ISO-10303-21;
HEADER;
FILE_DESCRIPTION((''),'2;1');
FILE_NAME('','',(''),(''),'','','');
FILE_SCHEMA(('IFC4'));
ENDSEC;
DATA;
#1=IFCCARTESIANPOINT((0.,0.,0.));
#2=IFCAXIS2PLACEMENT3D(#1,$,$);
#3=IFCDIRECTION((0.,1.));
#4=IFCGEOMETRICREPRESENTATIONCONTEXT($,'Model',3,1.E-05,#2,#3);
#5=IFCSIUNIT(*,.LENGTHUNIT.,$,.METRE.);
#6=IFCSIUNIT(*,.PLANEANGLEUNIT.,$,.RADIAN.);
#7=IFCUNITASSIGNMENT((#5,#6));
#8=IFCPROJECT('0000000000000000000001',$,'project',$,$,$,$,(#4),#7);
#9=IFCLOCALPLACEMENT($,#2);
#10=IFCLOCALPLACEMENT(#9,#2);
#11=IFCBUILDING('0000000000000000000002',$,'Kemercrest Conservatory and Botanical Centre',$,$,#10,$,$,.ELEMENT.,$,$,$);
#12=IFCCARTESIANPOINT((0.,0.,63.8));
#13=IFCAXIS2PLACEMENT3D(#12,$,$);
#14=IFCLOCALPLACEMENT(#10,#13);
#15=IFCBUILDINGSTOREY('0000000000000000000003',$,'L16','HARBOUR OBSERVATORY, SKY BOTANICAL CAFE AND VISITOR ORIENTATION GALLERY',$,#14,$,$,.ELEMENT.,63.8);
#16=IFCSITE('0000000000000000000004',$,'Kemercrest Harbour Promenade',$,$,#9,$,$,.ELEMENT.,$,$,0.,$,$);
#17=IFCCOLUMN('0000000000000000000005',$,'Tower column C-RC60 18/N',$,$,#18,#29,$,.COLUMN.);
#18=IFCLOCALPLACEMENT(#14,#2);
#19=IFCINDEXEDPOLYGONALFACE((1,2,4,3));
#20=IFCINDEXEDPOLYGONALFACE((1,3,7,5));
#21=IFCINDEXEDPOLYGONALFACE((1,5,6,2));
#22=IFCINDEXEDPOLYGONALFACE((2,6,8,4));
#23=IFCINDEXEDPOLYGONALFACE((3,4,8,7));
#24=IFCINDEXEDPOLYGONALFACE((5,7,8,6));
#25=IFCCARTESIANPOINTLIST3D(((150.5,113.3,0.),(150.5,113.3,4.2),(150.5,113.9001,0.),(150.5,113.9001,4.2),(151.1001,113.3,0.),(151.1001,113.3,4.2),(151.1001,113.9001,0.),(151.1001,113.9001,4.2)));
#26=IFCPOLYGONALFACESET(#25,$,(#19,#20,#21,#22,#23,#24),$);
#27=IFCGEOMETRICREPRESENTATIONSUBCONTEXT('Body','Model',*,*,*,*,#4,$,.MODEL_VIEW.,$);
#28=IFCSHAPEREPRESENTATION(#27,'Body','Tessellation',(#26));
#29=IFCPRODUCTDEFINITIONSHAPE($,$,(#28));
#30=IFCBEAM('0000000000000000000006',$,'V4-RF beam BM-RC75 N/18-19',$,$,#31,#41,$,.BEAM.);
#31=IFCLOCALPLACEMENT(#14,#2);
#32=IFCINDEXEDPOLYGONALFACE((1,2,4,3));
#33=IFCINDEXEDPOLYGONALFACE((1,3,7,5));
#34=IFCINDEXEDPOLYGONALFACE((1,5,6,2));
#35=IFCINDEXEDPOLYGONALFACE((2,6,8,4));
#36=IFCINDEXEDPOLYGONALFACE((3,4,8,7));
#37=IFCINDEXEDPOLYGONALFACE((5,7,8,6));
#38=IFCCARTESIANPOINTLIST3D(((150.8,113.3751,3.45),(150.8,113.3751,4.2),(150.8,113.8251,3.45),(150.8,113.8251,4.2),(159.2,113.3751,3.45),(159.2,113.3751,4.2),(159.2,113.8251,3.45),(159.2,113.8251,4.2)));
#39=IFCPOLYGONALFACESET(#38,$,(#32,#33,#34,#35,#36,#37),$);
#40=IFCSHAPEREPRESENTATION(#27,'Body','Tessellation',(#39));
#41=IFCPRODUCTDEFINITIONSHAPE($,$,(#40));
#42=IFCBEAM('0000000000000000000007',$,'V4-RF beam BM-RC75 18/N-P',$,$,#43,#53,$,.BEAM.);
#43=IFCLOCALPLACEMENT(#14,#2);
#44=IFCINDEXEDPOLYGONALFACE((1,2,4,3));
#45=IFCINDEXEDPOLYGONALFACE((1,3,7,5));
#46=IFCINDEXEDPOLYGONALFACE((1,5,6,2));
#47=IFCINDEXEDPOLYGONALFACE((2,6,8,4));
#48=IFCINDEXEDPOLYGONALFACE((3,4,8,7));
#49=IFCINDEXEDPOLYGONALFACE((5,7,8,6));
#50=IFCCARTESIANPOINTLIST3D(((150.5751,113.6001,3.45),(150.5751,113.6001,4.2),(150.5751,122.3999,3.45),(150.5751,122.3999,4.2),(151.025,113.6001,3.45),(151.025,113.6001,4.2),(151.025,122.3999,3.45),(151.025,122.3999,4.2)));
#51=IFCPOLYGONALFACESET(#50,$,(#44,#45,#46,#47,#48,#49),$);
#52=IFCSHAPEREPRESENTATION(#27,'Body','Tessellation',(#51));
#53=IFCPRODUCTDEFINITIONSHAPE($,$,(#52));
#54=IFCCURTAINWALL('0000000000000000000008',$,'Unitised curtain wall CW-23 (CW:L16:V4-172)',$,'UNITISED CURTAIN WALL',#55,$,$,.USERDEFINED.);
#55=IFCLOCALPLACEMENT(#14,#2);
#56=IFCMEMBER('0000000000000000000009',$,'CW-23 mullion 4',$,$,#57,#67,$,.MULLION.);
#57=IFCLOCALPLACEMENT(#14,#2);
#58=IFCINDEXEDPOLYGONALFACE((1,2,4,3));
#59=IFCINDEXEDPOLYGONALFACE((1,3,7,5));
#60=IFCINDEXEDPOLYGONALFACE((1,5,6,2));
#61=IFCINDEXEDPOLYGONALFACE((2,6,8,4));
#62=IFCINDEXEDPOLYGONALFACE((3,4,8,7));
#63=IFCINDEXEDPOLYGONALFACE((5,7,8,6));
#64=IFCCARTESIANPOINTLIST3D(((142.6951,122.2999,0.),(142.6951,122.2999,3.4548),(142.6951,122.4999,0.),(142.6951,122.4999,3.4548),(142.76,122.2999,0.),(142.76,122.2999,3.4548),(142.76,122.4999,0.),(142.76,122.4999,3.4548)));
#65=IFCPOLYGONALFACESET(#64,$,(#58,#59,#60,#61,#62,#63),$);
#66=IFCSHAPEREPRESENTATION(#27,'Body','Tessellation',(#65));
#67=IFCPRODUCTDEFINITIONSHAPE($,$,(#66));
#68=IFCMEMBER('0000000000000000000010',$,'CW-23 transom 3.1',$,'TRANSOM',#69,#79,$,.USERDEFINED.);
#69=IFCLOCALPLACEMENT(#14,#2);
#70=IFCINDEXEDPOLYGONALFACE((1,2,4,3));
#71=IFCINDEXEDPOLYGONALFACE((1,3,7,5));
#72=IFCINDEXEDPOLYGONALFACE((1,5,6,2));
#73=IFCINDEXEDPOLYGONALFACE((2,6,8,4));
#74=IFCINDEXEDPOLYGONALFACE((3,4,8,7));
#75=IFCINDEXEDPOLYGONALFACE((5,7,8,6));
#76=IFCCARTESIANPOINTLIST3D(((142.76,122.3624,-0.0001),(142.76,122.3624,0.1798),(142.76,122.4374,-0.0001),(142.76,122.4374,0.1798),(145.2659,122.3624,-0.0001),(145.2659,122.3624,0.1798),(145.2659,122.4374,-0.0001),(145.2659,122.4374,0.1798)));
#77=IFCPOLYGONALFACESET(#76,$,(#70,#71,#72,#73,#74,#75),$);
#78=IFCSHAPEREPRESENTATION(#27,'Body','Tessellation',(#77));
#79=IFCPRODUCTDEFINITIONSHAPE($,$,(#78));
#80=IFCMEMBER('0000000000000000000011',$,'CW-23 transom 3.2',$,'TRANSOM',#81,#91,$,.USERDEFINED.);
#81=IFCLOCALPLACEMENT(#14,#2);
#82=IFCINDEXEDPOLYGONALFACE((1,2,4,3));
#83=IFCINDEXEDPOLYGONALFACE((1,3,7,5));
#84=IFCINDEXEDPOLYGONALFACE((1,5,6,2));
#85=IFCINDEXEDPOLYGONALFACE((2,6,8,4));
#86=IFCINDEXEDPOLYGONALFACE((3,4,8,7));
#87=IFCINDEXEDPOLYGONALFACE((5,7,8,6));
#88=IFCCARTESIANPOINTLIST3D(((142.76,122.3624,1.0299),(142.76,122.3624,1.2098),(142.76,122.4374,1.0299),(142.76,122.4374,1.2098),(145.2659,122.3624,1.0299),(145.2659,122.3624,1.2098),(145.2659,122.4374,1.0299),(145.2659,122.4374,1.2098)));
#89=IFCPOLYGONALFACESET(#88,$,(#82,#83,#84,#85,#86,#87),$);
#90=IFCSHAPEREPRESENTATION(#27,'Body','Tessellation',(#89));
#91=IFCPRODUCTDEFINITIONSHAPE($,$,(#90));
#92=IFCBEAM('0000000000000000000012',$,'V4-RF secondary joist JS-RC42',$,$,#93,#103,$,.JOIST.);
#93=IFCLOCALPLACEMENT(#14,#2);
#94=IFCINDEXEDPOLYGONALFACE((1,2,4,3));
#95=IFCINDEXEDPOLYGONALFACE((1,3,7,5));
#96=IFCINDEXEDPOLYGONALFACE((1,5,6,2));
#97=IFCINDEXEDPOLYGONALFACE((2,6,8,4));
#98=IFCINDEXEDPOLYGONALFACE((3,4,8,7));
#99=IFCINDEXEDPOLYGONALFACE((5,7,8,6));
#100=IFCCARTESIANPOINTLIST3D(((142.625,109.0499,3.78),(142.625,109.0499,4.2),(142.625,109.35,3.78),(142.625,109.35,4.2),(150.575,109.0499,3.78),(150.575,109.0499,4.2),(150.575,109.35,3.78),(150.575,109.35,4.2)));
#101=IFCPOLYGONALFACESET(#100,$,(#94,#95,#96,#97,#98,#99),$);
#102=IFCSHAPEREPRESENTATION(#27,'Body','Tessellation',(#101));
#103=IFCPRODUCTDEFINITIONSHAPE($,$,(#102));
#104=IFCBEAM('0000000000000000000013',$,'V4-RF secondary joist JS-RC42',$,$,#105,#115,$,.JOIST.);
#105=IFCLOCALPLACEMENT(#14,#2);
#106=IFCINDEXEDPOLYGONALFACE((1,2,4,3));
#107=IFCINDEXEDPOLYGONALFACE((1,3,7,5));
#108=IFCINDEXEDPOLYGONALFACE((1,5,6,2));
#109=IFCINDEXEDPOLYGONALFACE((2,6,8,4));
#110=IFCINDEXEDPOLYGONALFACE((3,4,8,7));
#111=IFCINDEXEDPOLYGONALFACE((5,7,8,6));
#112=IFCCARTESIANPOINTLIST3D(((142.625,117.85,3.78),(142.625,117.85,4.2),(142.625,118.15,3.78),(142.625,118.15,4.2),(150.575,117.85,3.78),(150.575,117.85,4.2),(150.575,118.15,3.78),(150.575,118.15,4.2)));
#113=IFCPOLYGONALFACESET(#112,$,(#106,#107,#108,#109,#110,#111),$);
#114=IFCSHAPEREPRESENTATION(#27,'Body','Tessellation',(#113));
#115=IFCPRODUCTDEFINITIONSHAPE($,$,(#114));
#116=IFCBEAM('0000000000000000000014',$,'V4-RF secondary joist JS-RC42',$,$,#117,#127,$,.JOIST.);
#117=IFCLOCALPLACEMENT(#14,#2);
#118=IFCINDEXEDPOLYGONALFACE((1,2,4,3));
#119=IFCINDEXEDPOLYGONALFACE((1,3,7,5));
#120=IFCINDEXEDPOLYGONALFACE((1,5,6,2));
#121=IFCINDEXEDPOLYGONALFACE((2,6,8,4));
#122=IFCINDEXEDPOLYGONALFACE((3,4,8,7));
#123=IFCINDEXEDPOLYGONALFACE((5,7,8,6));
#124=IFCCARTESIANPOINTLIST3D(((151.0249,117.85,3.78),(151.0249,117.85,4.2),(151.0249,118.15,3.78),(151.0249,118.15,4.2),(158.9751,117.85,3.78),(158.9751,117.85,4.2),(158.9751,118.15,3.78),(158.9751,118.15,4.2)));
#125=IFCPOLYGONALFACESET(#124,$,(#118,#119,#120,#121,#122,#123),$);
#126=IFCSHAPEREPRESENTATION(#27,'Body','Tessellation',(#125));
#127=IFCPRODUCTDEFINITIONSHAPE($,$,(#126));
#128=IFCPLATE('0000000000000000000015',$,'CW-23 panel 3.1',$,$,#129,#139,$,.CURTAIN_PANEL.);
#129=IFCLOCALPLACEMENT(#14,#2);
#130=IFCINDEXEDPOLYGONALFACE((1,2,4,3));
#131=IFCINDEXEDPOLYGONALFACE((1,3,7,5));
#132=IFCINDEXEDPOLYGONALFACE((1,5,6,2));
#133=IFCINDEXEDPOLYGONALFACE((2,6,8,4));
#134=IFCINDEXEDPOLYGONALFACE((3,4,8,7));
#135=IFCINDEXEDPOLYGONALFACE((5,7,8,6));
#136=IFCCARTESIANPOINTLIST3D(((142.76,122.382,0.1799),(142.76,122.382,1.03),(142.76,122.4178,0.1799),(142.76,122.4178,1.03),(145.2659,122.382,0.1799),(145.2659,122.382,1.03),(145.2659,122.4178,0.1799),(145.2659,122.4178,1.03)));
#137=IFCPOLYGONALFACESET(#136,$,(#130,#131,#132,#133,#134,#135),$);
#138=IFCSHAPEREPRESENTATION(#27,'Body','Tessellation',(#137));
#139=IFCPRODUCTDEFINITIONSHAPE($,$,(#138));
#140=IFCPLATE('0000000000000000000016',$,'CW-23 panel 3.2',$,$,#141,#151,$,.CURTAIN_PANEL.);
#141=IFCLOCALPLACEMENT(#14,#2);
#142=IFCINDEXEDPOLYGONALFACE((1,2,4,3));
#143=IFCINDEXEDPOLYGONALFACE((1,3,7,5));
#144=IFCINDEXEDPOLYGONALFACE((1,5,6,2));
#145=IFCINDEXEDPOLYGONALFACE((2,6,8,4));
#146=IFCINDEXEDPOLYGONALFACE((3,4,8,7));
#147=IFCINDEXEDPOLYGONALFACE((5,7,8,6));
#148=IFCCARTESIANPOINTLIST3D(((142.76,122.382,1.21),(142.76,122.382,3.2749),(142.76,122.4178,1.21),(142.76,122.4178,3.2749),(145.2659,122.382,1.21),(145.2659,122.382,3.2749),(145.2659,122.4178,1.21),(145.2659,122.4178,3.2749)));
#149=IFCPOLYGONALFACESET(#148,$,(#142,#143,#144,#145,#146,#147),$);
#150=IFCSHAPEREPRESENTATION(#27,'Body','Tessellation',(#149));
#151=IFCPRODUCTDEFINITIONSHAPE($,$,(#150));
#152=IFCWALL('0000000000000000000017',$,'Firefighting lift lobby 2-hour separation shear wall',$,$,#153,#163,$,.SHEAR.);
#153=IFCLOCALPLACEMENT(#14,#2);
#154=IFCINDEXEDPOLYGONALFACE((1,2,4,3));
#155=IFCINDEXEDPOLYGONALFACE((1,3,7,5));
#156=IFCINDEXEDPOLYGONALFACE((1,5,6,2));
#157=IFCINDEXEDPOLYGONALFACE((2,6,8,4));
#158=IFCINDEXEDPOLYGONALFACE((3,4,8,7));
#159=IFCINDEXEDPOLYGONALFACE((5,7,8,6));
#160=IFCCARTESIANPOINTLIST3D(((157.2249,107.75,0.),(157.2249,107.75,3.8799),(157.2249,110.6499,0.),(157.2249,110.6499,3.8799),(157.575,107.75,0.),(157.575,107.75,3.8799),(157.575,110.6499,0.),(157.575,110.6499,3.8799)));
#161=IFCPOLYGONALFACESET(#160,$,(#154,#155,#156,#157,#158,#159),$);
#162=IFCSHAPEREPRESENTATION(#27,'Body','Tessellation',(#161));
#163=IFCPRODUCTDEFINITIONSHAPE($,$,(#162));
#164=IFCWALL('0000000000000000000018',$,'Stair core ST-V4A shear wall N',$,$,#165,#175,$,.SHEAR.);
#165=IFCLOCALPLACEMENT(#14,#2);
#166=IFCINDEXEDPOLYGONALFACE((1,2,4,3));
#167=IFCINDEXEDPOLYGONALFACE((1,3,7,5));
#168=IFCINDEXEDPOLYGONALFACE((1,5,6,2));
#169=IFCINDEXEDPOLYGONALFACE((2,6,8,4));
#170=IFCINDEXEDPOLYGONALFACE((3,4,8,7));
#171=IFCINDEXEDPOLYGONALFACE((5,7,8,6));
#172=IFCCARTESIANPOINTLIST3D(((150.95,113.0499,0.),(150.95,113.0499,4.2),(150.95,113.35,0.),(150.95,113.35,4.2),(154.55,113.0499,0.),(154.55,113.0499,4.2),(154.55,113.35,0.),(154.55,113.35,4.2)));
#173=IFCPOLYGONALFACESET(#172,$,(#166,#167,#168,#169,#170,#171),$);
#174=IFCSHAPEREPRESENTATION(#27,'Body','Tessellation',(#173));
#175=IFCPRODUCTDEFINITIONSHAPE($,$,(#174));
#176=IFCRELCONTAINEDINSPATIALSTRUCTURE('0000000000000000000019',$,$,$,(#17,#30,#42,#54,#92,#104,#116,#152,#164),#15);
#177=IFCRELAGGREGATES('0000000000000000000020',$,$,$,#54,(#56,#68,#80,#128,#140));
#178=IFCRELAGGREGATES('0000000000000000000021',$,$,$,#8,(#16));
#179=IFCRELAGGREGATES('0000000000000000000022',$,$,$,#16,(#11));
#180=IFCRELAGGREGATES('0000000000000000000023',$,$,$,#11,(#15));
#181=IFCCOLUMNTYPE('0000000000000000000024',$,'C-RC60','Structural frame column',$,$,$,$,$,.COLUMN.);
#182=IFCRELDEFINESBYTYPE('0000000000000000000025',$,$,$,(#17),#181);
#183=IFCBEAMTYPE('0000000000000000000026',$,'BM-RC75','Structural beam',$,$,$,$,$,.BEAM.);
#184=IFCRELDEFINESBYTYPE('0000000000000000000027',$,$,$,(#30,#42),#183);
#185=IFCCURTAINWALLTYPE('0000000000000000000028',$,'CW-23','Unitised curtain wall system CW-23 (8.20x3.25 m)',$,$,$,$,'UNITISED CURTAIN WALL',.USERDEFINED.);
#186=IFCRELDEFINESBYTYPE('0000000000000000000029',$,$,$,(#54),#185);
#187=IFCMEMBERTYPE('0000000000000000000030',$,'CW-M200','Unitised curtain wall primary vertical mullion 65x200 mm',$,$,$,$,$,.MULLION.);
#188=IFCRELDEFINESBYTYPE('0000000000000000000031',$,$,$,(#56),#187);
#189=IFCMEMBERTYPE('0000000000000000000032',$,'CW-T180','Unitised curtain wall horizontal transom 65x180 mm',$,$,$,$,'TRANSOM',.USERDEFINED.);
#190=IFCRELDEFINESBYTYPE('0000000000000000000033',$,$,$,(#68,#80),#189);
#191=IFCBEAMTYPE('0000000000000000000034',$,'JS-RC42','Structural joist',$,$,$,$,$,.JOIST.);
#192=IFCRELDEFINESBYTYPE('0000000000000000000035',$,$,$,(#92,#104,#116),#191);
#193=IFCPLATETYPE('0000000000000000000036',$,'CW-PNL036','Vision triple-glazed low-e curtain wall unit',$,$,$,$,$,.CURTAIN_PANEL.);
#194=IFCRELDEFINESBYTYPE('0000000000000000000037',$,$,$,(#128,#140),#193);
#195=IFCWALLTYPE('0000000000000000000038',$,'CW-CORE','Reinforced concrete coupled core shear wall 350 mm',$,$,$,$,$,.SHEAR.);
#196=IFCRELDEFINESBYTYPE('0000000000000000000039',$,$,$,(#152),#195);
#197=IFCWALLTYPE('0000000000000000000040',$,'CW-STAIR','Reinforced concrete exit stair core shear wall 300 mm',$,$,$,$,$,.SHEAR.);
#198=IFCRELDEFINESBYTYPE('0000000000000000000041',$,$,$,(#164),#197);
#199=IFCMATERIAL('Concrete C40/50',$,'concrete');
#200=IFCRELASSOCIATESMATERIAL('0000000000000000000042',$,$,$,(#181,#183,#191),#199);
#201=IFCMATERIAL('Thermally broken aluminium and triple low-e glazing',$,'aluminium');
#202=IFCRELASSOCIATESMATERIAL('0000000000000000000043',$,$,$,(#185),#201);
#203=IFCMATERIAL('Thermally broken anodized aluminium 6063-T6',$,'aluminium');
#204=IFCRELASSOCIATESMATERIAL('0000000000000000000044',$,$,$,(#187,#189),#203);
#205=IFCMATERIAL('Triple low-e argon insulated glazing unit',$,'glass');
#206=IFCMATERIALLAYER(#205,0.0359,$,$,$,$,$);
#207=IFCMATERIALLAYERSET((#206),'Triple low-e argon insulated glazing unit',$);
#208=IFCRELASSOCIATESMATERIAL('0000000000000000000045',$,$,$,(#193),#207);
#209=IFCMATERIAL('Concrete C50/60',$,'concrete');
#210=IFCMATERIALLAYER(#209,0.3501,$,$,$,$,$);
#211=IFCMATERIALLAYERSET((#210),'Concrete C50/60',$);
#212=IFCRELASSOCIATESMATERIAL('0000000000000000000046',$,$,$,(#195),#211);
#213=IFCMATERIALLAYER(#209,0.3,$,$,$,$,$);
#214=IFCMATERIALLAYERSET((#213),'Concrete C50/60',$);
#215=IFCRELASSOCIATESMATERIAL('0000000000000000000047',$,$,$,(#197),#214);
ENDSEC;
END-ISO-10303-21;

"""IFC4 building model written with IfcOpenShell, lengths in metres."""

from ifc_helpers import new_model, si_unit, direction, frame, frame_2d, origin, origin_2d, place, context, subcontext, project, spatial, rectangle, extrude, material, layer, layer_set, material_profile, profile_set, type_object, element, aggregate, save


model = new_model("IFC4")

# Units and contexts
model_context = context("Model", 3, precision=1e-05, world=origin(), true_north=direction((0.0, 1.0)))
body_context = subcontext(model_context, "Body", "Model", "MODEL_VIEW")
ifc_project = project(units=[si_unit("LENGTHUNIT", "METRE"), si_unit("PLANEANGLEUNIT", "RADIAN")], contexts=[model_context])

# Site, building, storey
site_placement = place(None, origin())
site = spatial("IfcSite", under=ifc_project, at=site_placement, Name="Kemercrest Harbour Promenade", CompositionType="ELEMENT", RefElevation=0.0)
building_placement = place(site_placement, origin())
building = spatial("IfcBuilding", under=site, at=building_placement, Name="Kemercrest Conservatory and Botanical Centre", CompositionType="ELEMENT")
storey_placement = place(building_placement, frame((0.0, 0.0, 63.8)))
storey = spatial("IfcBuildingStorey", under=building, at=storey_placement, Name="L16", Description="HARBOUR OBSERVATORY, SKY BOTANICAL CAFE AND VISITOR ORIENTATION GALLERY", CompositionType="ELEMENT", Elevation=63.8)

# Column
ifc_material_1 = material(Name="Concrete C40/50", Category="concrete")
ifc_material_profile_1 = material_profile(ifc_material_1, rectangle(XDim=0.6001, YDim=0.6001, at=origin_2d()), Name="RC 600x600")
ifc_profile_set_1 = profile_set([ifc_material_profile_1], Name="Concrete C40/50")
column_type = type_object("IfcColumnType", Name="C-RC60", Description="Structural frame column", PredefinedType="COLUMN", material=ifc_profile_set_1)
column_placement = place(storey_placement, frame((150.8, 113.6001, 0.0), z_axis=(0.0, 0.0, 1.0), x_axis=(1.0, 0.0, 0.0)))
element("IfcColumn", 1, at=column_placement, inside=storey, type_object=column_type, Name="Tower column C-RC60 18/N", PredefinedType="COLUMN", context=body_context, shape_type="SweptSolid", body=[
    extrude(rectangle(XDim=0.6001, YDim=0.6001, at=origin_2d()), origin(), (0.0, 0.0, 1.0), 4.2),
])

# Beams
ifc_material_profile_2 = material_profile(ifc_material_1, rectangle(XDim=0.45, YDim=0.75, at=origin_2d()), Name="RC 450x750")
ifc_profile_set_2 = profile_set([ifc_material_profile_2], Name="Concrete C40/50")
beam_type_1 = type_object("IfcBeamType", Name="BM-RC75", Description="Structural beam", PredefinedType="BEAM", material=ifc_profile_set_2)
beam_1_placement = place(storey_placement, frame((150.8, 113.6001, 3.825), z_axis=(1.0, 0.0, 0.0), x_axis=(0.0, 1.0, 0.0)))
element("IfcBeam", 2, at=beam_1_placement, inside=storey, type_object=beam_type_1, Name="V4-RF beam BM-RC75 N/18-19", PredefinedType="BEAM", context=body_context, shape_type="SweptSolid", body=[
    extrude(rectangle(XDim=0.45, YDim=0.75, at=origin_2d()), origin(), (0.0, 0.0, 1.0), 8.3999),
])
beam_2_placement = place(storey_placement, frame((150.8, 113.6001, 3.825), z_axis=(0.0, 1.0, 0.0), x_axis=(-1.0, 0.0, 0.0)))
element("IfcBeam", 3, at=beam_2_placement, inside=storey, type_object=beam_type_1, Name="V4-RF beam BM-RC75 18/N-P", PredefinedType="BEAM", context=body_context, shape_type="SweptSolid", body=[
    extrude(rectangle(XDim=0.45, YDim=0.75, at=origin_2d()), origin(), (0.0, 0.0, 1.0), 8.7998),
])

# Curtain wall, members
ifc_material_2 = material(Name="Thermally broken aluminium and triple low-e glazing", Category="aluminium")
curtain_wall_type = type_object("IfcCurtainWallType", Name="CW-23", Description="Unitised curtain wall system CW-23 (8.20x3.25 m)", ElementType="UNITISED CURTAIN WALL", PredefinedType="USERDEFINED", material=ifc_material_2)
curtain_wall_placement = place(storey_placement, origin())
curtain_wall = element("IfcCurtainWall", 4, at=curtain_wall_placement, inside=storey, type_object=curtain_wall_type, Name="Unitised curtain wall CW-23 (CW:L16:V4-172)", ObjectType="UNITISED CURTAIN WALL", PredefinedType="USERDEFINED")
ifc_material_3 = material(Name="Thermally broken anodized aluminium 6063-T6", Category="aluminium")
ifc_material_profile_3 = material_profile(ifc_material_3, rectangle(XDim=0.2, YDim=0.0649, at=origin_2d()), Name="AL MULLION 65x200")
ifc_profile_set_3 = profile_set([ifc_material_profile_3], Name="Thermally broken anodized aluminium 6063-T6")
member_type_1 = type_object("IfcMemberType", Name="CW-M200", Description="Unitised curtain wall primary vertical mullion 65x200 mm", PredefinedType="MULLION", material=ifc_profile_set_3)
member_1_placement = place(storey_placement, frame((142.7275, 122.3999, 0.0), z_axis=(0.0, 0.0, 1.0), x_axis=(0.0, -1.0, 0.0)))
member_1 = element("IfcMember", 5, at=member_1_placement, type_object=member_type_1, Name="CW-23 mullion 4", PredefinedType="MULLION", context=body_context, shape_type="SweptSolid", body=[
    extrude(rectangle(XDim=0.2, YDim=0.0649, at=origin_2d()), origin(), (0.0, 0.0, 1.0), 3.4548),
])
ifc_material_profile_4 = material_profile(ifc_material_3, rectangle(XDim=0.075, YDim=0.1799, at=origin_2d()), Name="AL TRANSOM 75x180")
ifc_profile_set_4 = profile_set([ifc_material_profile_4], Name="Thermally broken anodized aluminium 6063-T6")
member_type_2 = type_object("IfcMemberType", Name="CW-T180", Description="Unitised curtain wall horizontal transom 65x180 mm", ElementType="TRANSOM", PredefinedType="USERDEFINED", material=ifc_profile_set_4)
member_2_placement = place(storey_placement, frame((145.2659, 122.3999, 0.0898), z_axis=(-1.0, 0.0, 0.0), x_axis=(0.0, -1.0, 0.0)))
member_2 = element("IfcMember", 6, at=member_2_placement, type_object=member_type_2, Name="CW-23 transom 3.1", ObjectType="TRANSOM", PredefinedType="USERDEFINED", context=body_context, shape_type="SweptSolid", body=[
    extrude(rectangle(XDim=0.075, YDim=0.1799, at=origin_2d()), origin(), (0.0, 0.0, 1.0), 2.5059),
])
member_3_placement = place(storey_placement, frame((145.2659, 122.3999, 1.1199), z_axis=(-1.0, 0.0, 0.0), x_axis=(0.0, -1.0, 0.0)))
member_3 = element("IfcMember", 7, at=member_3_placement, type_object=member_type_2, Name="CW-23 transom 3.2", ObjectType="TRANSOM", PredefinedType="USERDEFINED", context=body_context, shape_type="SweptSolid", body=[
    extrude(rectangle(XDim=0.075, YDim=0.1799, at=origin_2d()), origin(), (0.0, 0.0, 1.0), 2.5059),
])

# Beams
ifc_material_profile_5 = material_profile(ifc_material_1, rectangle(XDim=0.3, YDim=0.4199, at=origin_2d()), Name="RC 300x420")
ifc_profile_set_5 = profile_set([ifc_material_profile_5], Name="Concrete C40/50")
beam_type_2 = type_object("IfcBeamType", Name="JS-RC42", Description="Structural joist", PredefinedType="JOIST", material=ifc_profile_set_5)
for number, where, z_axis, x_axis, name in (
    (8, (142.625, 109.2, 3.99), (1.0, 0.0, 0.0), (0.0, 1.0, 0.0), "V4-RF secondary joist JS-RC42"),
    (9, (142.625, 118.0, 3.99), (1.0, 0.0, 0.0), (0.0, 1.0, 0.0), "V4-RF secondary joist JS-RC42"),
):
    element("IfcBeam", number, at=place(storey_placement, frame(where, z_axis=z_axis, x_axis=x_axis)), inside=storey, type_object=beam_type_2, Name=name, PredefinedType="JOIST", context=body_context, shape_type="SweptSolid", body=[
        extrude(rectangle(XDim=0.3, YDim=0.4199, at=origin_2d()), origin(), (0.0, 0.0, 1.0), 7.95),
    ])
beam_3_placement = place(storey_placement, frame((151.0249, 118.0, 3.99), z_axis=(1.0, 0.0, 0.0), x_axis=(0.0, 1.0, 0.0)))
element("IfcBeam", 10, at=beam_3_placement, inside=storey, type_object=beam_type_2, Name="V4-RF secondary joist JS-RC42", PredefinedType="JOIST", context=body_context, shape_type="SweptSolid", body=[
    extrude(rectangle(XDim=0.3, YDim=0.4199, at=origin_2d()), origin(), (0.0, 0.0, 1.0), 7.9502),
])

# Plates
ifc_material_4 = material(Name="Triple low-e argon insulated glazing unit", Category="glass")
ifc_layer_1 = layer(ifc_material_4, 0.0359)
ifc_layer_set_1 = layer_set([ifc_layer_1], Name="Triple low-e argon insulated glazing unit")
plate_type = type_object("IfcPlateType", Name="CW-PNL036", Description="Vision triple-glazed low-e curtain wall unit", PredefinedType="CURTAIN_PANEL", material=ifc_layer_set_1)
plate_1_placement = place(storey_placement, frame((144.0129, 122.3999, 0.1799), z_axis=(0.0, 0.0, 1.0), x_axis=(-1.0, 0.0, 0.0)))
plate_1 = element("IfcPlate", 11, at=plate_1_placement, type_object=plate_type, Name="CW-23 panel 3.1", PredefinedType="CURTAIN_PANEL", context=body_context, shape_type="SweptSolid", body=[
    extrude(rectangle(XDim=2.5059, YDim=0.0359, at=origin_2d()), origin(), (0.0, 0.0, 1.0), 0.8501),
])
plate_2_placement = place(storey_placement, frame((144.0129, 122.3999, 1.21), z_axis=(0.0, 0.0, 1.0), x_axis=(-1.0, 0.0, 0.0)))
plate_2 = element("IfcPlate", 12, at=plate_2_placement, type_object=plate_type, Name="CW-23 panel 3.2", PredefinedType="CURTAIN_PANEL", context=body_context, shape_type="SweptSolid", body=[
    extrude(rectangle(XDim=2.5059, YDim=0.0359, at=origin_2d()), origin(), (0.0, 0.0, 1.0), 2.0649),
])
aggregate(curtain_wall, [member_1, member_2, member_3, plate_1, plate_2])

# Walls
ifc_material_5 = material(Name="Concrete C50/60", Category="concrete")
ifc_layer_2 = layer(ifc_material_5, 0.3501)
ifc_layer_set_2 = layer_set([ifc_layer_2], Name="Concrete C50/60")
wall_type_1 = type_object("IfcWallType", Name="CW-CORE", Description="Reinforced concrete coupled core shear wall 350 mm", PredefinedType="SHEAR", material=ifc_layer_set_2)
wall_1_placement = place(storey_placement, frame((157.3999, 107.75, 0.0), z_axis=(0.0, 0.0, 1.0), x_axis=(0.0, 1.0, 0.0)))
element("IfcWall", 13, at=wall_1_placement, inside=storey, type_object=wall_type_1, Name="Firefighting lift lobby 2-hour separation shear wall", PredefinedType="SHEAR", context=body_context, shape_type="SweptSolid", body=[
    extrude(rectangle(XDim=2.8999, YDim=0.3501, at=frame_2d((1.45, 0.0))), origin(), (0.0, 0.0, 1.0), 3.8799),
])
ifc_layer_3 = layer(ifc_material_5, 0.3)
ifc_layer_set_3 = layer_set([ifc_layer_3], Name="Concrete C50/60")
wall_type_2 = type_object("IfcWallType", Name="CW-STAIR", Description="Reinforced concrete exit stair core shear wall 300 mm", PredefinedType="SHEAR", material=ifc_layer_set_3)
wall_2_placement = place(storey_placement, frame((150.95, 113.2, 0.0), z_axis=(0.0, 0.0, 1.0), x_axis=(1.0, 0.0, 0.0)))
element("IfcWall", 14, at=wall_2_placement, inside=storey, type_object=wall_type_2, Name="Stair core ST-V4A shear wall N", PredefinedType="SHEAR", context=body_context, shape_type="SweptSolid", body=[
    extrude(rectangle(XDim=3.6001, YDim=0.3, at=frame_2d((1.8, 0.0))), origin(), (0.0, 0.0, 1.0), 4.2),
])

save(model, "model.ifc")
